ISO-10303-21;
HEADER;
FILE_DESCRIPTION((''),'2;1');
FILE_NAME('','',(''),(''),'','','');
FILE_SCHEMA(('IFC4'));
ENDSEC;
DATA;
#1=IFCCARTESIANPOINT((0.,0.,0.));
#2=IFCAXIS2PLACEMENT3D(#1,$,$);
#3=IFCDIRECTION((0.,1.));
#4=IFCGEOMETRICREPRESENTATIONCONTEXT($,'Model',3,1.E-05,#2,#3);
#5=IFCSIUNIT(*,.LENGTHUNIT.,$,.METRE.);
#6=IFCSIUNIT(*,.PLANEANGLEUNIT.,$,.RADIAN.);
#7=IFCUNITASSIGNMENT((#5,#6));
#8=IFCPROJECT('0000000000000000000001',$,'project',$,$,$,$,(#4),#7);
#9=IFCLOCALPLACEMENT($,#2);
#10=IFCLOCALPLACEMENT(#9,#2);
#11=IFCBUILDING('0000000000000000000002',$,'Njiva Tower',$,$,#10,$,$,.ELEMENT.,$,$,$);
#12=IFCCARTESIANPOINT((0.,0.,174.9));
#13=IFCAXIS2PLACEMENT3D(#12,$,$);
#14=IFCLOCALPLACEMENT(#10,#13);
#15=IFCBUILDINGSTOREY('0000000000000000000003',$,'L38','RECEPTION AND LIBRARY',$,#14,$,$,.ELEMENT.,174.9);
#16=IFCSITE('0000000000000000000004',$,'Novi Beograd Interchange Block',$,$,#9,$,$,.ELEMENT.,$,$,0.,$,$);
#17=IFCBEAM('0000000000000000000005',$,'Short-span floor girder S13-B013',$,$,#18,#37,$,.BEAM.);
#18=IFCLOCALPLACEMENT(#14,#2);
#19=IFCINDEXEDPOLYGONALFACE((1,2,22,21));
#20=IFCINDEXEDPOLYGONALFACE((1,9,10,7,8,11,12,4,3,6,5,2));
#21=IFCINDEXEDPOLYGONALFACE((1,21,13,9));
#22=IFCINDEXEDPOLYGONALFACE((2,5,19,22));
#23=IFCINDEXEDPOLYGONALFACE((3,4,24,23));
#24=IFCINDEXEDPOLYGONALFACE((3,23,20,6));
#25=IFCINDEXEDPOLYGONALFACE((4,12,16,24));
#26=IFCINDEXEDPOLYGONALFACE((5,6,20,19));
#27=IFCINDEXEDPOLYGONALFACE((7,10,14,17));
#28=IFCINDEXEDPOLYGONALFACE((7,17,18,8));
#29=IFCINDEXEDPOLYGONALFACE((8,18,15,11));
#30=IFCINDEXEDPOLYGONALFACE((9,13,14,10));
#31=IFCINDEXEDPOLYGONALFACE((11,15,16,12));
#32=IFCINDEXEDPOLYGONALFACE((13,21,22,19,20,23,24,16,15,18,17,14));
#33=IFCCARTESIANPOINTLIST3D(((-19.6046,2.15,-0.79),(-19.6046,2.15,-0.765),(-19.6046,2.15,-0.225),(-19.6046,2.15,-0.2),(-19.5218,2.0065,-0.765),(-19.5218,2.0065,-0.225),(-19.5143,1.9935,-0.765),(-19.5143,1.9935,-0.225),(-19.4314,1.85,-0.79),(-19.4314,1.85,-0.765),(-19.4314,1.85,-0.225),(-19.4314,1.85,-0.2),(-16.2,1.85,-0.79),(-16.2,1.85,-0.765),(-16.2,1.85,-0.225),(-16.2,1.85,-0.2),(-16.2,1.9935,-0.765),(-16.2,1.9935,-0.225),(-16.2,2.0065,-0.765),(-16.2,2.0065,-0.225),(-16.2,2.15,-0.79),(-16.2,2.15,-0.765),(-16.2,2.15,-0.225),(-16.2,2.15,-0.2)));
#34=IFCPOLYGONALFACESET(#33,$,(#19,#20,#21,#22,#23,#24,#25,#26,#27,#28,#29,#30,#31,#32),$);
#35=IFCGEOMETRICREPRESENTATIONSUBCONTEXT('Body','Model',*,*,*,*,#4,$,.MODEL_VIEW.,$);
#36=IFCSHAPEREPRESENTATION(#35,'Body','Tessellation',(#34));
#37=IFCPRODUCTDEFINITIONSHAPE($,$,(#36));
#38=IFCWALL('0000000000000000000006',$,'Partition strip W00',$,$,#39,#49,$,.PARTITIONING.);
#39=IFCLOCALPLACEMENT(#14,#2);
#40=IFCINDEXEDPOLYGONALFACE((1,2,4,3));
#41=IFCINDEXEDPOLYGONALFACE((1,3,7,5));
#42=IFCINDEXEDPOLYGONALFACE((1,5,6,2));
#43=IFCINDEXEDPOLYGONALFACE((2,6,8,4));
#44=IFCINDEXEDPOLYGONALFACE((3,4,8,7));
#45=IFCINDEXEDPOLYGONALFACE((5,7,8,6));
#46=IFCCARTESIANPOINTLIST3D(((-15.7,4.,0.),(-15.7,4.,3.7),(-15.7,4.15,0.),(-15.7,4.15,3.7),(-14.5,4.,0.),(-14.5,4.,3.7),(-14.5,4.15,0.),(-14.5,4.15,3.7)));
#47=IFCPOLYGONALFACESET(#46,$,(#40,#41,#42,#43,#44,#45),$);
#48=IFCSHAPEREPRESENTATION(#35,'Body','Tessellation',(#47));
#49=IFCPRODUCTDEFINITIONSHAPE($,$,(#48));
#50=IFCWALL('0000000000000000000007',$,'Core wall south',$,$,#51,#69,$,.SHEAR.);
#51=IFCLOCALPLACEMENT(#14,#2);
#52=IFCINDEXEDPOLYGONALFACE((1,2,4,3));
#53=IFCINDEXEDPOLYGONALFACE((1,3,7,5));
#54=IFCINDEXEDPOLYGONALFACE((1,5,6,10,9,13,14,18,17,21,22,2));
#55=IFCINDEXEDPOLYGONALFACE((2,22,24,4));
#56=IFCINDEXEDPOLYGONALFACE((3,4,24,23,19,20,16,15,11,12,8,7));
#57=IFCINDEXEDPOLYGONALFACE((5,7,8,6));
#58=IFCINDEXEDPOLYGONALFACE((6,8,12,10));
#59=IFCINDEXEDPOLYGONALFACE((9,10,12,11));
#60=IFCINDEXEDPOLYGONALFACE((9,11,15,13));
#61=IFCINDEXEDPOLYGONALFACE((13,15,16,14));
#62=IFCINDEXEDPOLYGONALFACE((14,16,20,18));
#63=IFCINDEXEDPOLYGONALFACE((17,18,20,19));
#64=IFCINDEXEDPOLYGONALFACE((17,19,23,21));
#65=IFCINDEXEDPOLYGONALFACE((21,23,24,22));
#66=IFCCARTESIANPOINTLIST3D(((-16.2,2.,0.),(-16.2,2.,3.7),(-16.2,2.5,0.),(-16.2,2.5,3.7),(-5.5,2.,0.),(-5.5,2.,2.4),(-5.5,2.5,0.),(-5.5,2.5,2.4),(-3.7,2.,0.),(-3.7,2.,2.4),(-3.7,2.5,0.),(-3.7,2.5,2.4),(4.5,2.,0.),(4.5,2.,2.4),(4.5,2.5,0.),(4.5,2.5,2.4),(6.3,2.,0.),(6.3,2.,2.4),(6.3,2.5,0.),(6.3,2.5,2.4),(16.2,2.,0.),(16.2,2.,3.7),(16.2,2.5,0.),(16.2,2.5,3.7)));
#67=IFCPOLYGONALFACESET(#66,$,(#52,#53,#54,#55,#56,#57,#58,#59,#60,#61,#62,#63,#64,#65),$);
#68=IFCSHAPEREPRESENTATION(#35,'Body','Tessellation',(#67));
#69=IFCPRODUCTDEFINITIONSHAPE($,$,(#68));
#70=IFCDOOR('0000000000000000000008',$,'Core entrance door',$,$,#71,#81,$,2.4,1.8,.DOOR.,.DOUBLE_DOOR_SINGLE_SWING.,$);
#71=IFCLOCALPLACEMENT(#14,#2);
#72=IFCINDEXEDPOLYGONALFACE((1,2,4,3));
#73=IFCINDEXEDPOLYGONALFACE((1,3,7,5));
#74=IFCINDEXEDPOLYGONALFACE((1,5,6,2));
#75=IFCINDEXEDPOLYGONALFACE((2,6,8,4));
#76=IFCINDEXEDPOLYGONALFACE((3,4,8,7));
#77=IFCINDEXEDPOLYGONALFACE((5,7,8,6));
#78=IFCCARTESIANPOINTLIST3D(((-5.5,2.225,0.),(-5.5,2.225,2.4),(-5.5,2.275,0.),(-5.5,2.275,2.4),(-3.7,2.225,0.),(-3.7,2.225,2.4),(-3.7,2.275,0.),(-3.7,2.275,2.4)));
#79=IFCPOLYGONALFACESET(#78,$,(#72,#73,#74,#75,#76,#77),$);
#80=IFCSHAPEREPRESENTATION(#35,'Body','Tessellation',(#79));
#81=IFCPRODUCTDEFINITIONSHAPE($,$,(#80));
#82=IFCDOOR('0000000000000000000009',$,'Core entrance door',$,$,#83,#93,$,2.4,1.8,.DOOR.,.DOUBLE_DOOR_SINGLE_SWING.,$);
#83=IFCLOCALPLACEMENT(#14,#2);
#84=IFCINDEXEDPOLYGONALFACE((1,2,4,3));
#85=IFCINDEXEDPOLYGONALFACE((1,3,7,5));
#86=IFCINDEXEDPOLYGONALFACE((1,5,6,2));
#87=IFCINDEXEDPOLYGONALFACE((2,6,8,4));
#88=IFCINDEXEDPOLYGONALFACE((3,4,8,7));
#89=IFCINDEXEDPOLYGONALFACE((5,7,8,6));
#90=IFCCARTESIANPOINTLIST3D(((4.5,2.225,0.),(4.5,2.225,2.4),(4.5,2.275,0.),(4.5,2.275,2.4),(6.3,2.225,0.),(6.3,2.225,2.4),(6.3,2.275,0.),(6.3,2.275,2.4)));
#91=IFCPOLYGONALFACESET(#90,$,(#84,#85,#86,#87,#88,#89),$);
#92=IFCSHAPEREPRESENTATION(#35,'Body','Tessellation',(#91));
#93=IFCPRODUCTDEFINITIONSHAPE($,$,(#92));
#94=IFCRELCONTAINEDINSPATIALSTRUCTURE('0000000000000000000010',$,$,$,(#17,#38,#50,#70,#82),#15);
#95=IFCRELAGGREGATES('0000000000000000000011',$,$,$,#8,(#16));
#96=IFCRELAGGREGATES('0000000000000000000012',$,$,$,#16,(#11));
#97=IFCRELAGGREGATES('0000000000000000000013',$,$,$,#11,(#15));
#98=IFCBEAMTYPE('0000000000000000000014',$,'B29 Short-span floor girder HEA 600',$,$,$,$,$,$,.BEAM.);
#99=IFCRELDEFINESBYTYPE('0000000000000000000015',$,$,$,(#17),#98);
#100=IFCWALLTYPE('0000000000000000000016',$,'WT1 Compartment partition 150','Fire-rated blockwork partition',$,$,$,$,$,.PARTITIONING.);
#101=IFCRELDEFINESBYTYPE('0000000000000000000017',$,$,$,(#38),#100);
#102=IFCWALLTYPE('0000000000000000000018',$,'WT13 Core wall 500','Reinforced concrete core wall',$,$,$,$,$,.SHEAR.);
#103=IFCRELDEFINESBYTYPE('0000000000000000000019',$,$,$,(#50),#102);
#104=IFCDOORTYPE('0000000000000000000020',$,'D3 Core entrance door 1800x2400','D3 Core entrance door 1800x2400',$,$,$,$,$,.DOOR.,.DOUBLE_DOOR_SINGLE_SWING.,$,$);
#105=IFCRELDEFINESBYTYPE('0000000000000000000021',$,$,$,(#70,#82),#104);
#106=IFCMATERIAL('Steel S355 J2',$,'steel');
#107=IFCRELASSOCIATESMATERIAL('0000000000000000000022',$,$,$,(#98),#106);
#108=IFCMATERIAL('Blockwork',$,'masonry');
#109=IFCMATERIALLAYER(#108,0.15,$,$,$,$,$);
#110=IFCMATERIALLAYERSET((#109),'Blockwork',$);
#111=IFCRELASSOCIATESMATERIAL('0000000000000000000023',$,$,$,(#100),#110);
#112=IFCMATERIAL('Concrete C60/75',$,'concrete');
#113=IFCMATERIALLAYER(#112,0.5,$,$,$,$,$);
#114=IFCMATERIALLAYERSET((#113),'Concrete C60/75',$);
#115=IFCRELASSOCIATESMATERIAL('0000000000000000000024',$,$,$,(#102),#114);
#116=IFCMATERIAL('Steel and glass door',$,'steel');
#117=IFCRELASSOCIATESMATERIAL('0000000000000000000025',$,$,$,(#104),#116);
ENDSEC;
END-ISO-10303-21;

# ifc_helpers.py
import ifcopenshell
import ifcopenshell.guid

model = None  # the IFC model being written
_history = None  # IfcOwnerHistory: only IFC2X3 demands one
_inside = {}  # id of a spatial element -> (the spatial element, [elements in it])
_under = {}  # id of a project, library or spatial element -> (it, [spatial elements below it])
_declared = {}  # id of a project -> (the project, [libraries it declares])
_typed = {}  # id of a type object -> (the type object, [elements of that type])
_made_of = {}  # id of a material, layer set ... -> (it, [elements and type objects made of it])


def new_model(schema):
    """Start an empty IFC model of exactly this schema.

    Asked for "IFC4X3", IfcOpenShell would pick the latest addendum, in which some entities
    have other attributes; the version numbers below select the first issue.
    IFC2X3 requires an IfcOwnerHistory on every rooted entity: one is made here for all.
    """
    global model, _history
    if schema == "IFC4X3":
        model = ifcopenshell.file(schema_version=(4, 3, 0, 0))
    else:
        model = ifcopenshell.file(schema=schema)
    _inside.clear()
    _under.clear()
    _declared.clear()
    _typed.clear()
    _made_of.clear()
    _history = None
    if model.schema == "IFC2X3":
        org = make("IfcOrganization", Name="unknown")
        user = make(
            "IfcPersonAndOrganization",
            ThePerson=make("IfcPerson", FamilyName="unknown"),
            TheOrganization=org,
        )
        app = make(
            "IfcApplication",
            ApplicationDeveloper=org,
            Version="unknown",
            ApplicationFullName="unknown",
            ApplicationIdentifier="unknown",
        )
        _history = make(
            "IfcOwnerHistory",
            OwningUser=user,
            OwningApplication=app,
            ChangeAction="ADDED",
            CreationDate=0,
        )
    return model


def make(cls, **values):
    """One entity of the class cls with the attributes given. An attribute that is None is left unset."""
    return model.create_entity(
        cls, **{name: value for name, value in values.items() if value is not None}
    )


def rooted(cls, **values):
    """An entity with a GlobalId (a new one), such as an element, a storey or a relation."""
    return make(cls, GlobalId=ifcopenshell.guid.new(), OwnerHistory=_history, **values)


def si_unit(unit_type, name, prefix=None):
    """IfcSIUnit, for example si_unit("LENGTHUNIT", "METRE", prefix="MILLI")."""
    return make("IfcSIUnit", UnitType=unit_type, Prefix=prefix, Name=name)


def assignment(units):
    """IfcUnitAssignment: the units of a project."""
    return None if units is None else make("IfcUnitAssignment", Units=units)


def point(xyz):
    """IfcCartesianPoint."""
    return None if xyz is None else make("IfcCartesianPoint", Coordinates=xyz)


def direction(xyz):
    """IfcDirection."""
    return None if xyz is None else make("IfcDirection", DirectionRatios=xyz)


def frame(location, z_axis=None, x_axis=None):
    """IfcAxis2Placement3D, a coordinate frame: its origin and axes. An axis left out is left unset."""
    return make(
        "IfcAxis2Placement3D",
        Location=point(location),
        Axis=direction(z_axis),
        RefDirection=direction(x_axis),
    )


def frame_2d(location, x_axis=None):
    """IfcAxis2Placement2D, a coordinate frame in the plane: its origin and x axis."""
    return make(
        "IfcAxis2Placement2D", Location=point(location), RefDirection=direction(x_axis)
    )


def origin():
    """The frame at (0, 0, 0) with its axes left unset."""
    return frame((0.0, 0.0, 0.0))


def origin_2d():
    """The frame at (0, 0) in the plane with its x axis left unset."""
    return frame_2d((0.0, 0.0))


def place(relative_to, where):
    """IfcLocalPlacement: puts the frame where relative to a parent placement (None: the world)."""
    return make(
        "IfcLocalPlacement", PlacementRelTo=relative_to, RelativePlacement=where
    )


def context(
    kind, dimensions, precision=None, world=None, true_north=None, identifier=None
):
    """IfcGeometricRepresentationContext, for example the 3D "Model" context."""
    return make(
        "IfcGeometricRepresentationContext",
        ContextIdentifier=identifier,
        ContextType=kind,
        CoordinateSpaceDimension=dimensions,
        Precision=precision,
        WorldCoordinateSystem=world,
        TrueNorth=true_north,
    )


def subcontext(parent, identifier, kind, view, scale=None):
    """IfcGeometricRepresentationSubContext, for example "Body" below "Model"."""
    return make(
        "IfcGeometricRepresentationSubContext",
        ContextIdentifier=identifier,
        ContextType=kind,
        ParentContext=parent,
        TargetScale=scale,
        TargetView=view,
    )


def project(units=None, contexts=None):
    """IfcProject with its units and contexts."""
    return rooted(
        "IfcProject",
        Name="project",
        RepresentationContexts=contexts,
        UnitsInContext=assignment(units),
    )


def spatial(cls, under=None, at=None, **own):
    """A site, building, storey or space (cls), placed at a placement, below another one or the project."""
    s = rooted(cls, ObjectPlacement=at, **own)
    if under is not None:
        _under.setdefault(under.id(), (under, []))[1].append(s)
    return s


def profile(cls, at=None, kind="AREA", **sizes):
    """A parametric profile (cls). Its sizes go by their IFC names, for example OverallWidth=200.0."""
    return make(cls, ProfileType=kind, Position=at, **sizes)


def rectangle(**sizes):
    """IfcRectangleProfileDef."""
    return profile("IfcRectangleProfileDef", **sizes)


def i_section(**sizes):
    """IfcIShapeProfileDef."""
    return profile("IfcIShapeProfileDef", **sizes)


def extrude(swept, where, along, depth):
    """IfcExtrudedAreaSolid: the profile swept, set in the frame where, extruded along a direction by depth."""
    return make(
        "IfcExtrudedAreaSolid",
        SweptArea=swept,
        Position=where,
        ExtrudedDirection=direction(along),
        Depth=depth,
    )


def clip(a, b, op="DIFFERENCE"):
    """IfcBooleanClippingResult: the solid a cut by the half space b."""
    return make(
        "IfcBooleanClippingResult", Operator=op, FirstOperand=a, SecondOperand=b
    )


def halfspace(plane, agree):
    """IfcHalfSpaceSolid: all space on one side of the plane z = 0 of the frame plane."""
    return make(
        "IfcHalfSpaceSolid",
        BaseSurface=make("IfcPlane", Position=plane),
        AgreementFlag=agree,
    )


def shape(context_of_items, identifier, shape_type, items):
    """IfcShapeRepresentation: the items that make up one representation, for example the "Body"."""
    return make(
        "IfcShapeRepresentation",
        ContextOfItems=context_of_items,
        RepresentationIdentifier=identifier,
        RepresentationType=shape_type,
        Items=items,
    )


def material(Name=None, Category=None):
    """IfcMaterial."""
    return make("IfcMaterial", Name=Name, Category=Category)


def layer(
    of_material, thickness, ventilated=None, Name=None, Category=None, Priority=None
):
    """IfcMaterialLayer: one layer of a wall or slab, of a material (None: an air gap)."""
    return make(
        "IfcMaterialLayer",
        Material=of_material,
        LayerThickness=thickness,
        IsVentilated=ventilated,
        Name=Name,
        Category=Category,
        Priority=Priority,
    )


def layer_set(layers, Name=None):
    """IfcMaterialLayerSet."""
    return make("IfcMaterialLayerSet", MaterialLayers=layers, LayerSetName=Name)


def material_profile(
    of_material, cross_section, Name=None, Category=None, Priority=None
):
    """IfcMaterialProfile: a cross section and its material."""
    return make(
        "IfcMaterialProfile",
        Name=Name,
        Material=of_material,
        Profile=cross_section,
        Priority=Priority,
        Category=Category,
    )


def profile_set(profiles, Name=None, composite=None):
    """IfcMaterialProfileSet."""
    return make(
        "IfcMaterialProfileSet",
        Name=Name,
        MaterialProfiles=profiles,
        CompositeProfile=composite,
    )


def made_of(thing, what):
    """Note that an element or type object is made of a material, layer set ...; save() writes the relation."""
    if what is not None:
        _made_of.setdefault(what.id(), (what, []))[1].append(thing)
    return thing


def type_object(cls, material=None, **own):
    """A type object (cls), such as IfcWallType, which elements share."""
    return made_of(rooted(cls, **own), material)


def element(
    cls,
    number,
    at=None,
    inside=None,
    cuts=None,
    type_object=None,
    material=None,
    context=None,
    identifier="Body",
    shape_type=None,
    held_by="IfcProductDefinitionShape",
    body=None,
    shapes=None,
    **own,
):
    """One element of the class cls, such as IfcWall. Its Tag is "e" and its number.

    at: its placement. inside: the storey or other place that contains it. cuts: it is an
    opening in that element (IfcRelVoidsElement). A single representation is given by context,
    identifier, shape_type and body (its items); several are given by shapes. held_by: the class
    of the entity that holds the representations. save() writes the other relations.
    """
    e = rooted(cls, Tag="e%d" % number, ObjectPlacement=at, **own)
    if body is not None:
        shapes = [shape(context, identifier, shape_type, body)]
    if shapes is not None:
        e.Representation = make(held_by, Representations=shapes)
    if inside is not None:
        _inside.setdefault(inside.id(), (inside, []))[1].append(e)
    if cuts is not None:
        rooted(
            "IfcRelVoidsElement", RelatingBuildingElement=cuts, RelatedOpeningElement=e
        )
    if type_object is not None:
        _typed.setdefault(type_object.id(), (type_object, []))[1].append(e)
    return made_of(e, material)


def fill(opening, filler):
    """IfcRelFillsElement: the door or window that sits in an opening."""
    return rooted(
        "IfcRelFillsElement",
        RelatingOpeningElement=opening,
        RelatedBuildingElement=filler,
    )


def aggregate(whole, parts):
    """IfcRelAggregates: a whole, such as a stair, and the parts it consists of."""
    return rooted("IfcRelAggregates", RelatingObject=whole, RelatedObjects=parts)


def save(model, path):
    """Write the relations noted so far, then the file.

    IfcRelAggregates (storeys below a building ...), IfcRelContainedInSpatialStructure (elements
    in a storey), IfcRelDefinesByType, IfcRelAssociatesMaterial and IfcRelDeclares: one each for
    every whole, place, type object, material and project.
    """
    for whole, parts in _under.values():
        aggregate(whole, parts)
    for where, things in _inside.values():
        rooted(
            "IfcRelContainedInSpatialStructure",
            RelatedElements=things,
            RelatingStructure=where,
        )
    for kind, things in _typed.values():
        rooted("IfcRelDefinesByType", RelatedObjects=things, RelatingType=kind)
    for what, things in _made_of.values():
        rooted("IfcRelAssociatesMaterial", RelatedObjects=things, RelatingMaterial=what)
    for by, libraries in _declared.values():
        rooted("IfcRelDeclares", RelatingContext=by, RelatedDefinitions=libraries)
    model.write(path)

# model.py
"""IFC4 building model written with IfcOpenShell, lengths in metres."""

from ifc_helpers import new_model, si_unit, direction, frame, frame_2d, origin, origin_2d, place, context, subcontext, project, spatial, rectangle, i_section, extrude, clip, halfspace, material, layer, layer_set, material_profile, profile_set, type_object, element, fill, save


model = new_model("IFC4")

# Units and contexts
model_context = context("Model", 3, precision=1e-05, world=origin(), true_north=direction((0.0, 1.0)))
body_context = subcontext(model_context, "Body", "Model", "MODEL_VIEW")
ifc_project = project(units=[si_unit("LENGTHUNIT", "METRE"), si_unit("PLANEANGLEUNIT", "RADIAN")], contexts=[model_context])

# Site, building, storey
site_placement = place(None, origin())
site = spatial("IfcSite", under=ifc_project, at=site_placement, Name="Novi Beograd Interchange Block", CompositionType="ELEMENT", RefElevation=0.0)
building_placement = place(site_placement, origin())
building = spatial("IfcBuilding", under=site, at=building_placement, Name="Njiva Tower", CompositionType="ELEMENT")
storey_placement = place(building_placement, frame((0.0, 0.0, 174.9)))
storey = spatial("IfcBuildingStorey", under=building, at=storey_placement, Name="L38", Description="RECEPTION AND LIBRARY", CompositionType="ELEMENT", Elevation=174.9)

# Shared definitions
ifc_material_1 = material(Name="Steel S355 J2", Category="steel")

# Beam
ifc_material_profile_1 = material_profile(ifc_material_1, i_section(OverallWidth=0.3, OverallDepth=0.59, WebThickness=0.013, FlangeThickness=0.025, at=origin_2d()), Name="HEA 600")
ifc_profile_set_1 = profile_set([ifc_material_profile_1], Name="Steel S355 J2")
beam_type_1 = type_object("IfcBeamType", Name="B29 Short-span floor girder HEA 600", PredefinedType="BEAM", material=ifc_profile_set_1)
beam_1_placement = place(storey_placement, frame((-19.625, 2.0, -0.495), z_axis=(1.0, 0.0, 0.0), x_axis=(0.0, 1.0, 0.0)))
element("IfcBeam", 1, at=beam_1_placement, inside=storey, type_object=beam_type_1, Name="Short-span floor girder S13-B013", PredefinedType="BEAM", context=body_context, shape_type="Clipping", body=[
    clip(extrude(i_section(OverallWidth=0.3, OverallDepth=0.59, WebThickness=0.013, FlangeThickness=0.025, at=origin_2d()), origin(), (0.0, 0.0, 1.0), 3.425), halfspace(frame((-0.025, 0.0, 0.1214), z_axis=(-0.499998, 0.0, -0.866027), x_axis=(0.0, -1.0, 0.0)), False)),
])

# Wall
ifc_material_2 = material(Name="Blockwork", Category="masonry")
ifc_layer_1 = layer(ifc_material_2, 0.15)
ifc_layer_set_1 = layer_set([ifc_layer_1], Name="Blockwork")
wall_type_1 = type_object("IfcWallType", Name="WT1 Compartment partition 150", Description="Fire-rated blockwork partition", PredefinedType="PARTITIONING", material=ifc_layer_set_1)
wall_1_placement = place(storey_placement, frame((-15.7, 4.075, 0.0), z_axis=(0.0, 0.0, 1.0), x_axis=(1.0, 0.0, 0.0)))
element("IfcWall", 2, at=wall_1_placement, inside=storey, type_object=wall_type_1, Name="Partition strip W00", PredefinedType="PARTITIONING", context=body_context, shape_type="SweptSolid", body=[
    extrude(rectangle(XDim=1.2, YDim=0.15, at=frame_2d((0.6, 0.0))), origin(), (0.0, 0.0, 1.0), 3.7),
])

# Wall, openings, doors
ifc_material_3 = material(Name="Concrete C60/75", Category="concrete")
ifc_layer_2 = layer(ifc_material_3, 0.5)
ifc_layer_set_2 = layer_set([ifc_layer_2], Name="Concrete C60/75")
wall_type_2 = type_object("IfcWallType", Name="WT13 Core wall 500", Description="Reinforced concrete core wall", PredefinedType="SHEAR", material=ifc_layer_set_2)
wall_2_placement = place(storey_placement, frame((-16.2, 2.25, 0.0), z_axis=(0.0, 0.0, 1.0), x_axis=(1.0, 0.0, 0.0)))
wall_2 = element("IfcWall", 3, at=wall_2_placement, inside=storey, type_object=wall_type_2, Name="Core wall south", PredefinedType="SHEAR", context=body_context, shape_type="SweptSolid", body=[
    extrude(rectangle(XDim=32.4, YDim=0.5, at=frame_2d((16.2, 0.0))), origin(), (0.0, 0.0, 1.0), 3.7),
])
opening_1_placement = place(wall_2_placement, frame((10.7, 0.0, 0.0)))
opening_1 = element("IfcOpeningElement", 4, at=opening_1_placement, cuts=wall_2, PredefinedType="OPENING", context=body_context, shape_type="SweptSolid", body=[
    extrude(rectangle(XDim=1.8, YDim=2.4, at=frame_2d((0.9, 1.2))), frame((0.0, 0.26, 0.0), z_axis=(0.0, -1.0, 0.0), x_axis=(1.0, 0.0, 0.0)), (0.0, 0.0, 1.0), 0.52),
])
opening_2_placement = place(wall_2_placement, frame((20.7, 0.0, 0.0)))
opening_2 = element("IfcOpeningElement", 5, at=opening_2_placement, cuts=wall_2, PredefinedType="OPENING", context=body_context, shape_type="SweptSolid", body=[
    extrude(rectangle(XDim=1.8, YDim=2.4, at=frame_2d((0.9, 1.2))), frame((0.0, 0.26, 0.0), z_axis=(0.0, -1.0, 0.0), x_axis=(1.0, 0.0, 0.0)), (0.0, 0.0, 1.0), 0.52),
])
ifc_material_4 = material(Name="Steel and glass door", Category="steel")
door_type_1 = type_object("IfcDoorType", Name="D3 Core entrance door 1800x2400", Description="D3 Core entrance door 1800x2400", OperationType="DOUBLE_DOOR_SINGLE_SWING", PredefinedType="DOOR", material=ifc_material_4)
door_1_placement = place(opening_1_placement, origin())
door_1 = element("IfcDoor", 6, at=door_1_placement, inside=storey, type_object=door_type_1, Name="Core entrance door", OperationType="DOUBLE_DOOR_SINGLE_SWING", OverallHeight=2.4, OverallWidth=1.8, PredefinedType="DOOR", context=body_context, shape_type="SweptSolid", body=[
    extrude(rectangle(XDim=1.8, YDim=2.4, at=frame_2d((0.9, 1.2))), frame((0.0, 0.025, 0.0), z_axis=(0.0, -1.0, 0.0), x_axis=(1.0, 0.0, 0.0)), (0.0, 0.0, 1.0), 0.05),
])
fill(opening_1, door_1)
door_2_placement = place(opening_2_placement, origin())
door_2 = element("IfcDoor", 7, at=door_2_placement, inside=storey, type_object=door_type_1, Name="Core entrance door", OperationType="DOUBLE_DOOR_SINGLE_SWING", OverallHeight=2.4, OverallWidth=1.8, PredefinedType="DOOR", context=body_context, shape_type="SweptSolid", body=[
    extrude(rectangle(XDim=1.8, YDim=2.4, at=frame_2d((0.9, 1.2))), frame((0.0, 0.025, 0.0), z_axis=(0.0, -1.0, 0.0), x_axis=(1.0, 0.0, 0.0)), (0.0, 0.0, 1.0), 0.05),
])
fill(opening_2, door_2)

save(model, "model.ifc")
